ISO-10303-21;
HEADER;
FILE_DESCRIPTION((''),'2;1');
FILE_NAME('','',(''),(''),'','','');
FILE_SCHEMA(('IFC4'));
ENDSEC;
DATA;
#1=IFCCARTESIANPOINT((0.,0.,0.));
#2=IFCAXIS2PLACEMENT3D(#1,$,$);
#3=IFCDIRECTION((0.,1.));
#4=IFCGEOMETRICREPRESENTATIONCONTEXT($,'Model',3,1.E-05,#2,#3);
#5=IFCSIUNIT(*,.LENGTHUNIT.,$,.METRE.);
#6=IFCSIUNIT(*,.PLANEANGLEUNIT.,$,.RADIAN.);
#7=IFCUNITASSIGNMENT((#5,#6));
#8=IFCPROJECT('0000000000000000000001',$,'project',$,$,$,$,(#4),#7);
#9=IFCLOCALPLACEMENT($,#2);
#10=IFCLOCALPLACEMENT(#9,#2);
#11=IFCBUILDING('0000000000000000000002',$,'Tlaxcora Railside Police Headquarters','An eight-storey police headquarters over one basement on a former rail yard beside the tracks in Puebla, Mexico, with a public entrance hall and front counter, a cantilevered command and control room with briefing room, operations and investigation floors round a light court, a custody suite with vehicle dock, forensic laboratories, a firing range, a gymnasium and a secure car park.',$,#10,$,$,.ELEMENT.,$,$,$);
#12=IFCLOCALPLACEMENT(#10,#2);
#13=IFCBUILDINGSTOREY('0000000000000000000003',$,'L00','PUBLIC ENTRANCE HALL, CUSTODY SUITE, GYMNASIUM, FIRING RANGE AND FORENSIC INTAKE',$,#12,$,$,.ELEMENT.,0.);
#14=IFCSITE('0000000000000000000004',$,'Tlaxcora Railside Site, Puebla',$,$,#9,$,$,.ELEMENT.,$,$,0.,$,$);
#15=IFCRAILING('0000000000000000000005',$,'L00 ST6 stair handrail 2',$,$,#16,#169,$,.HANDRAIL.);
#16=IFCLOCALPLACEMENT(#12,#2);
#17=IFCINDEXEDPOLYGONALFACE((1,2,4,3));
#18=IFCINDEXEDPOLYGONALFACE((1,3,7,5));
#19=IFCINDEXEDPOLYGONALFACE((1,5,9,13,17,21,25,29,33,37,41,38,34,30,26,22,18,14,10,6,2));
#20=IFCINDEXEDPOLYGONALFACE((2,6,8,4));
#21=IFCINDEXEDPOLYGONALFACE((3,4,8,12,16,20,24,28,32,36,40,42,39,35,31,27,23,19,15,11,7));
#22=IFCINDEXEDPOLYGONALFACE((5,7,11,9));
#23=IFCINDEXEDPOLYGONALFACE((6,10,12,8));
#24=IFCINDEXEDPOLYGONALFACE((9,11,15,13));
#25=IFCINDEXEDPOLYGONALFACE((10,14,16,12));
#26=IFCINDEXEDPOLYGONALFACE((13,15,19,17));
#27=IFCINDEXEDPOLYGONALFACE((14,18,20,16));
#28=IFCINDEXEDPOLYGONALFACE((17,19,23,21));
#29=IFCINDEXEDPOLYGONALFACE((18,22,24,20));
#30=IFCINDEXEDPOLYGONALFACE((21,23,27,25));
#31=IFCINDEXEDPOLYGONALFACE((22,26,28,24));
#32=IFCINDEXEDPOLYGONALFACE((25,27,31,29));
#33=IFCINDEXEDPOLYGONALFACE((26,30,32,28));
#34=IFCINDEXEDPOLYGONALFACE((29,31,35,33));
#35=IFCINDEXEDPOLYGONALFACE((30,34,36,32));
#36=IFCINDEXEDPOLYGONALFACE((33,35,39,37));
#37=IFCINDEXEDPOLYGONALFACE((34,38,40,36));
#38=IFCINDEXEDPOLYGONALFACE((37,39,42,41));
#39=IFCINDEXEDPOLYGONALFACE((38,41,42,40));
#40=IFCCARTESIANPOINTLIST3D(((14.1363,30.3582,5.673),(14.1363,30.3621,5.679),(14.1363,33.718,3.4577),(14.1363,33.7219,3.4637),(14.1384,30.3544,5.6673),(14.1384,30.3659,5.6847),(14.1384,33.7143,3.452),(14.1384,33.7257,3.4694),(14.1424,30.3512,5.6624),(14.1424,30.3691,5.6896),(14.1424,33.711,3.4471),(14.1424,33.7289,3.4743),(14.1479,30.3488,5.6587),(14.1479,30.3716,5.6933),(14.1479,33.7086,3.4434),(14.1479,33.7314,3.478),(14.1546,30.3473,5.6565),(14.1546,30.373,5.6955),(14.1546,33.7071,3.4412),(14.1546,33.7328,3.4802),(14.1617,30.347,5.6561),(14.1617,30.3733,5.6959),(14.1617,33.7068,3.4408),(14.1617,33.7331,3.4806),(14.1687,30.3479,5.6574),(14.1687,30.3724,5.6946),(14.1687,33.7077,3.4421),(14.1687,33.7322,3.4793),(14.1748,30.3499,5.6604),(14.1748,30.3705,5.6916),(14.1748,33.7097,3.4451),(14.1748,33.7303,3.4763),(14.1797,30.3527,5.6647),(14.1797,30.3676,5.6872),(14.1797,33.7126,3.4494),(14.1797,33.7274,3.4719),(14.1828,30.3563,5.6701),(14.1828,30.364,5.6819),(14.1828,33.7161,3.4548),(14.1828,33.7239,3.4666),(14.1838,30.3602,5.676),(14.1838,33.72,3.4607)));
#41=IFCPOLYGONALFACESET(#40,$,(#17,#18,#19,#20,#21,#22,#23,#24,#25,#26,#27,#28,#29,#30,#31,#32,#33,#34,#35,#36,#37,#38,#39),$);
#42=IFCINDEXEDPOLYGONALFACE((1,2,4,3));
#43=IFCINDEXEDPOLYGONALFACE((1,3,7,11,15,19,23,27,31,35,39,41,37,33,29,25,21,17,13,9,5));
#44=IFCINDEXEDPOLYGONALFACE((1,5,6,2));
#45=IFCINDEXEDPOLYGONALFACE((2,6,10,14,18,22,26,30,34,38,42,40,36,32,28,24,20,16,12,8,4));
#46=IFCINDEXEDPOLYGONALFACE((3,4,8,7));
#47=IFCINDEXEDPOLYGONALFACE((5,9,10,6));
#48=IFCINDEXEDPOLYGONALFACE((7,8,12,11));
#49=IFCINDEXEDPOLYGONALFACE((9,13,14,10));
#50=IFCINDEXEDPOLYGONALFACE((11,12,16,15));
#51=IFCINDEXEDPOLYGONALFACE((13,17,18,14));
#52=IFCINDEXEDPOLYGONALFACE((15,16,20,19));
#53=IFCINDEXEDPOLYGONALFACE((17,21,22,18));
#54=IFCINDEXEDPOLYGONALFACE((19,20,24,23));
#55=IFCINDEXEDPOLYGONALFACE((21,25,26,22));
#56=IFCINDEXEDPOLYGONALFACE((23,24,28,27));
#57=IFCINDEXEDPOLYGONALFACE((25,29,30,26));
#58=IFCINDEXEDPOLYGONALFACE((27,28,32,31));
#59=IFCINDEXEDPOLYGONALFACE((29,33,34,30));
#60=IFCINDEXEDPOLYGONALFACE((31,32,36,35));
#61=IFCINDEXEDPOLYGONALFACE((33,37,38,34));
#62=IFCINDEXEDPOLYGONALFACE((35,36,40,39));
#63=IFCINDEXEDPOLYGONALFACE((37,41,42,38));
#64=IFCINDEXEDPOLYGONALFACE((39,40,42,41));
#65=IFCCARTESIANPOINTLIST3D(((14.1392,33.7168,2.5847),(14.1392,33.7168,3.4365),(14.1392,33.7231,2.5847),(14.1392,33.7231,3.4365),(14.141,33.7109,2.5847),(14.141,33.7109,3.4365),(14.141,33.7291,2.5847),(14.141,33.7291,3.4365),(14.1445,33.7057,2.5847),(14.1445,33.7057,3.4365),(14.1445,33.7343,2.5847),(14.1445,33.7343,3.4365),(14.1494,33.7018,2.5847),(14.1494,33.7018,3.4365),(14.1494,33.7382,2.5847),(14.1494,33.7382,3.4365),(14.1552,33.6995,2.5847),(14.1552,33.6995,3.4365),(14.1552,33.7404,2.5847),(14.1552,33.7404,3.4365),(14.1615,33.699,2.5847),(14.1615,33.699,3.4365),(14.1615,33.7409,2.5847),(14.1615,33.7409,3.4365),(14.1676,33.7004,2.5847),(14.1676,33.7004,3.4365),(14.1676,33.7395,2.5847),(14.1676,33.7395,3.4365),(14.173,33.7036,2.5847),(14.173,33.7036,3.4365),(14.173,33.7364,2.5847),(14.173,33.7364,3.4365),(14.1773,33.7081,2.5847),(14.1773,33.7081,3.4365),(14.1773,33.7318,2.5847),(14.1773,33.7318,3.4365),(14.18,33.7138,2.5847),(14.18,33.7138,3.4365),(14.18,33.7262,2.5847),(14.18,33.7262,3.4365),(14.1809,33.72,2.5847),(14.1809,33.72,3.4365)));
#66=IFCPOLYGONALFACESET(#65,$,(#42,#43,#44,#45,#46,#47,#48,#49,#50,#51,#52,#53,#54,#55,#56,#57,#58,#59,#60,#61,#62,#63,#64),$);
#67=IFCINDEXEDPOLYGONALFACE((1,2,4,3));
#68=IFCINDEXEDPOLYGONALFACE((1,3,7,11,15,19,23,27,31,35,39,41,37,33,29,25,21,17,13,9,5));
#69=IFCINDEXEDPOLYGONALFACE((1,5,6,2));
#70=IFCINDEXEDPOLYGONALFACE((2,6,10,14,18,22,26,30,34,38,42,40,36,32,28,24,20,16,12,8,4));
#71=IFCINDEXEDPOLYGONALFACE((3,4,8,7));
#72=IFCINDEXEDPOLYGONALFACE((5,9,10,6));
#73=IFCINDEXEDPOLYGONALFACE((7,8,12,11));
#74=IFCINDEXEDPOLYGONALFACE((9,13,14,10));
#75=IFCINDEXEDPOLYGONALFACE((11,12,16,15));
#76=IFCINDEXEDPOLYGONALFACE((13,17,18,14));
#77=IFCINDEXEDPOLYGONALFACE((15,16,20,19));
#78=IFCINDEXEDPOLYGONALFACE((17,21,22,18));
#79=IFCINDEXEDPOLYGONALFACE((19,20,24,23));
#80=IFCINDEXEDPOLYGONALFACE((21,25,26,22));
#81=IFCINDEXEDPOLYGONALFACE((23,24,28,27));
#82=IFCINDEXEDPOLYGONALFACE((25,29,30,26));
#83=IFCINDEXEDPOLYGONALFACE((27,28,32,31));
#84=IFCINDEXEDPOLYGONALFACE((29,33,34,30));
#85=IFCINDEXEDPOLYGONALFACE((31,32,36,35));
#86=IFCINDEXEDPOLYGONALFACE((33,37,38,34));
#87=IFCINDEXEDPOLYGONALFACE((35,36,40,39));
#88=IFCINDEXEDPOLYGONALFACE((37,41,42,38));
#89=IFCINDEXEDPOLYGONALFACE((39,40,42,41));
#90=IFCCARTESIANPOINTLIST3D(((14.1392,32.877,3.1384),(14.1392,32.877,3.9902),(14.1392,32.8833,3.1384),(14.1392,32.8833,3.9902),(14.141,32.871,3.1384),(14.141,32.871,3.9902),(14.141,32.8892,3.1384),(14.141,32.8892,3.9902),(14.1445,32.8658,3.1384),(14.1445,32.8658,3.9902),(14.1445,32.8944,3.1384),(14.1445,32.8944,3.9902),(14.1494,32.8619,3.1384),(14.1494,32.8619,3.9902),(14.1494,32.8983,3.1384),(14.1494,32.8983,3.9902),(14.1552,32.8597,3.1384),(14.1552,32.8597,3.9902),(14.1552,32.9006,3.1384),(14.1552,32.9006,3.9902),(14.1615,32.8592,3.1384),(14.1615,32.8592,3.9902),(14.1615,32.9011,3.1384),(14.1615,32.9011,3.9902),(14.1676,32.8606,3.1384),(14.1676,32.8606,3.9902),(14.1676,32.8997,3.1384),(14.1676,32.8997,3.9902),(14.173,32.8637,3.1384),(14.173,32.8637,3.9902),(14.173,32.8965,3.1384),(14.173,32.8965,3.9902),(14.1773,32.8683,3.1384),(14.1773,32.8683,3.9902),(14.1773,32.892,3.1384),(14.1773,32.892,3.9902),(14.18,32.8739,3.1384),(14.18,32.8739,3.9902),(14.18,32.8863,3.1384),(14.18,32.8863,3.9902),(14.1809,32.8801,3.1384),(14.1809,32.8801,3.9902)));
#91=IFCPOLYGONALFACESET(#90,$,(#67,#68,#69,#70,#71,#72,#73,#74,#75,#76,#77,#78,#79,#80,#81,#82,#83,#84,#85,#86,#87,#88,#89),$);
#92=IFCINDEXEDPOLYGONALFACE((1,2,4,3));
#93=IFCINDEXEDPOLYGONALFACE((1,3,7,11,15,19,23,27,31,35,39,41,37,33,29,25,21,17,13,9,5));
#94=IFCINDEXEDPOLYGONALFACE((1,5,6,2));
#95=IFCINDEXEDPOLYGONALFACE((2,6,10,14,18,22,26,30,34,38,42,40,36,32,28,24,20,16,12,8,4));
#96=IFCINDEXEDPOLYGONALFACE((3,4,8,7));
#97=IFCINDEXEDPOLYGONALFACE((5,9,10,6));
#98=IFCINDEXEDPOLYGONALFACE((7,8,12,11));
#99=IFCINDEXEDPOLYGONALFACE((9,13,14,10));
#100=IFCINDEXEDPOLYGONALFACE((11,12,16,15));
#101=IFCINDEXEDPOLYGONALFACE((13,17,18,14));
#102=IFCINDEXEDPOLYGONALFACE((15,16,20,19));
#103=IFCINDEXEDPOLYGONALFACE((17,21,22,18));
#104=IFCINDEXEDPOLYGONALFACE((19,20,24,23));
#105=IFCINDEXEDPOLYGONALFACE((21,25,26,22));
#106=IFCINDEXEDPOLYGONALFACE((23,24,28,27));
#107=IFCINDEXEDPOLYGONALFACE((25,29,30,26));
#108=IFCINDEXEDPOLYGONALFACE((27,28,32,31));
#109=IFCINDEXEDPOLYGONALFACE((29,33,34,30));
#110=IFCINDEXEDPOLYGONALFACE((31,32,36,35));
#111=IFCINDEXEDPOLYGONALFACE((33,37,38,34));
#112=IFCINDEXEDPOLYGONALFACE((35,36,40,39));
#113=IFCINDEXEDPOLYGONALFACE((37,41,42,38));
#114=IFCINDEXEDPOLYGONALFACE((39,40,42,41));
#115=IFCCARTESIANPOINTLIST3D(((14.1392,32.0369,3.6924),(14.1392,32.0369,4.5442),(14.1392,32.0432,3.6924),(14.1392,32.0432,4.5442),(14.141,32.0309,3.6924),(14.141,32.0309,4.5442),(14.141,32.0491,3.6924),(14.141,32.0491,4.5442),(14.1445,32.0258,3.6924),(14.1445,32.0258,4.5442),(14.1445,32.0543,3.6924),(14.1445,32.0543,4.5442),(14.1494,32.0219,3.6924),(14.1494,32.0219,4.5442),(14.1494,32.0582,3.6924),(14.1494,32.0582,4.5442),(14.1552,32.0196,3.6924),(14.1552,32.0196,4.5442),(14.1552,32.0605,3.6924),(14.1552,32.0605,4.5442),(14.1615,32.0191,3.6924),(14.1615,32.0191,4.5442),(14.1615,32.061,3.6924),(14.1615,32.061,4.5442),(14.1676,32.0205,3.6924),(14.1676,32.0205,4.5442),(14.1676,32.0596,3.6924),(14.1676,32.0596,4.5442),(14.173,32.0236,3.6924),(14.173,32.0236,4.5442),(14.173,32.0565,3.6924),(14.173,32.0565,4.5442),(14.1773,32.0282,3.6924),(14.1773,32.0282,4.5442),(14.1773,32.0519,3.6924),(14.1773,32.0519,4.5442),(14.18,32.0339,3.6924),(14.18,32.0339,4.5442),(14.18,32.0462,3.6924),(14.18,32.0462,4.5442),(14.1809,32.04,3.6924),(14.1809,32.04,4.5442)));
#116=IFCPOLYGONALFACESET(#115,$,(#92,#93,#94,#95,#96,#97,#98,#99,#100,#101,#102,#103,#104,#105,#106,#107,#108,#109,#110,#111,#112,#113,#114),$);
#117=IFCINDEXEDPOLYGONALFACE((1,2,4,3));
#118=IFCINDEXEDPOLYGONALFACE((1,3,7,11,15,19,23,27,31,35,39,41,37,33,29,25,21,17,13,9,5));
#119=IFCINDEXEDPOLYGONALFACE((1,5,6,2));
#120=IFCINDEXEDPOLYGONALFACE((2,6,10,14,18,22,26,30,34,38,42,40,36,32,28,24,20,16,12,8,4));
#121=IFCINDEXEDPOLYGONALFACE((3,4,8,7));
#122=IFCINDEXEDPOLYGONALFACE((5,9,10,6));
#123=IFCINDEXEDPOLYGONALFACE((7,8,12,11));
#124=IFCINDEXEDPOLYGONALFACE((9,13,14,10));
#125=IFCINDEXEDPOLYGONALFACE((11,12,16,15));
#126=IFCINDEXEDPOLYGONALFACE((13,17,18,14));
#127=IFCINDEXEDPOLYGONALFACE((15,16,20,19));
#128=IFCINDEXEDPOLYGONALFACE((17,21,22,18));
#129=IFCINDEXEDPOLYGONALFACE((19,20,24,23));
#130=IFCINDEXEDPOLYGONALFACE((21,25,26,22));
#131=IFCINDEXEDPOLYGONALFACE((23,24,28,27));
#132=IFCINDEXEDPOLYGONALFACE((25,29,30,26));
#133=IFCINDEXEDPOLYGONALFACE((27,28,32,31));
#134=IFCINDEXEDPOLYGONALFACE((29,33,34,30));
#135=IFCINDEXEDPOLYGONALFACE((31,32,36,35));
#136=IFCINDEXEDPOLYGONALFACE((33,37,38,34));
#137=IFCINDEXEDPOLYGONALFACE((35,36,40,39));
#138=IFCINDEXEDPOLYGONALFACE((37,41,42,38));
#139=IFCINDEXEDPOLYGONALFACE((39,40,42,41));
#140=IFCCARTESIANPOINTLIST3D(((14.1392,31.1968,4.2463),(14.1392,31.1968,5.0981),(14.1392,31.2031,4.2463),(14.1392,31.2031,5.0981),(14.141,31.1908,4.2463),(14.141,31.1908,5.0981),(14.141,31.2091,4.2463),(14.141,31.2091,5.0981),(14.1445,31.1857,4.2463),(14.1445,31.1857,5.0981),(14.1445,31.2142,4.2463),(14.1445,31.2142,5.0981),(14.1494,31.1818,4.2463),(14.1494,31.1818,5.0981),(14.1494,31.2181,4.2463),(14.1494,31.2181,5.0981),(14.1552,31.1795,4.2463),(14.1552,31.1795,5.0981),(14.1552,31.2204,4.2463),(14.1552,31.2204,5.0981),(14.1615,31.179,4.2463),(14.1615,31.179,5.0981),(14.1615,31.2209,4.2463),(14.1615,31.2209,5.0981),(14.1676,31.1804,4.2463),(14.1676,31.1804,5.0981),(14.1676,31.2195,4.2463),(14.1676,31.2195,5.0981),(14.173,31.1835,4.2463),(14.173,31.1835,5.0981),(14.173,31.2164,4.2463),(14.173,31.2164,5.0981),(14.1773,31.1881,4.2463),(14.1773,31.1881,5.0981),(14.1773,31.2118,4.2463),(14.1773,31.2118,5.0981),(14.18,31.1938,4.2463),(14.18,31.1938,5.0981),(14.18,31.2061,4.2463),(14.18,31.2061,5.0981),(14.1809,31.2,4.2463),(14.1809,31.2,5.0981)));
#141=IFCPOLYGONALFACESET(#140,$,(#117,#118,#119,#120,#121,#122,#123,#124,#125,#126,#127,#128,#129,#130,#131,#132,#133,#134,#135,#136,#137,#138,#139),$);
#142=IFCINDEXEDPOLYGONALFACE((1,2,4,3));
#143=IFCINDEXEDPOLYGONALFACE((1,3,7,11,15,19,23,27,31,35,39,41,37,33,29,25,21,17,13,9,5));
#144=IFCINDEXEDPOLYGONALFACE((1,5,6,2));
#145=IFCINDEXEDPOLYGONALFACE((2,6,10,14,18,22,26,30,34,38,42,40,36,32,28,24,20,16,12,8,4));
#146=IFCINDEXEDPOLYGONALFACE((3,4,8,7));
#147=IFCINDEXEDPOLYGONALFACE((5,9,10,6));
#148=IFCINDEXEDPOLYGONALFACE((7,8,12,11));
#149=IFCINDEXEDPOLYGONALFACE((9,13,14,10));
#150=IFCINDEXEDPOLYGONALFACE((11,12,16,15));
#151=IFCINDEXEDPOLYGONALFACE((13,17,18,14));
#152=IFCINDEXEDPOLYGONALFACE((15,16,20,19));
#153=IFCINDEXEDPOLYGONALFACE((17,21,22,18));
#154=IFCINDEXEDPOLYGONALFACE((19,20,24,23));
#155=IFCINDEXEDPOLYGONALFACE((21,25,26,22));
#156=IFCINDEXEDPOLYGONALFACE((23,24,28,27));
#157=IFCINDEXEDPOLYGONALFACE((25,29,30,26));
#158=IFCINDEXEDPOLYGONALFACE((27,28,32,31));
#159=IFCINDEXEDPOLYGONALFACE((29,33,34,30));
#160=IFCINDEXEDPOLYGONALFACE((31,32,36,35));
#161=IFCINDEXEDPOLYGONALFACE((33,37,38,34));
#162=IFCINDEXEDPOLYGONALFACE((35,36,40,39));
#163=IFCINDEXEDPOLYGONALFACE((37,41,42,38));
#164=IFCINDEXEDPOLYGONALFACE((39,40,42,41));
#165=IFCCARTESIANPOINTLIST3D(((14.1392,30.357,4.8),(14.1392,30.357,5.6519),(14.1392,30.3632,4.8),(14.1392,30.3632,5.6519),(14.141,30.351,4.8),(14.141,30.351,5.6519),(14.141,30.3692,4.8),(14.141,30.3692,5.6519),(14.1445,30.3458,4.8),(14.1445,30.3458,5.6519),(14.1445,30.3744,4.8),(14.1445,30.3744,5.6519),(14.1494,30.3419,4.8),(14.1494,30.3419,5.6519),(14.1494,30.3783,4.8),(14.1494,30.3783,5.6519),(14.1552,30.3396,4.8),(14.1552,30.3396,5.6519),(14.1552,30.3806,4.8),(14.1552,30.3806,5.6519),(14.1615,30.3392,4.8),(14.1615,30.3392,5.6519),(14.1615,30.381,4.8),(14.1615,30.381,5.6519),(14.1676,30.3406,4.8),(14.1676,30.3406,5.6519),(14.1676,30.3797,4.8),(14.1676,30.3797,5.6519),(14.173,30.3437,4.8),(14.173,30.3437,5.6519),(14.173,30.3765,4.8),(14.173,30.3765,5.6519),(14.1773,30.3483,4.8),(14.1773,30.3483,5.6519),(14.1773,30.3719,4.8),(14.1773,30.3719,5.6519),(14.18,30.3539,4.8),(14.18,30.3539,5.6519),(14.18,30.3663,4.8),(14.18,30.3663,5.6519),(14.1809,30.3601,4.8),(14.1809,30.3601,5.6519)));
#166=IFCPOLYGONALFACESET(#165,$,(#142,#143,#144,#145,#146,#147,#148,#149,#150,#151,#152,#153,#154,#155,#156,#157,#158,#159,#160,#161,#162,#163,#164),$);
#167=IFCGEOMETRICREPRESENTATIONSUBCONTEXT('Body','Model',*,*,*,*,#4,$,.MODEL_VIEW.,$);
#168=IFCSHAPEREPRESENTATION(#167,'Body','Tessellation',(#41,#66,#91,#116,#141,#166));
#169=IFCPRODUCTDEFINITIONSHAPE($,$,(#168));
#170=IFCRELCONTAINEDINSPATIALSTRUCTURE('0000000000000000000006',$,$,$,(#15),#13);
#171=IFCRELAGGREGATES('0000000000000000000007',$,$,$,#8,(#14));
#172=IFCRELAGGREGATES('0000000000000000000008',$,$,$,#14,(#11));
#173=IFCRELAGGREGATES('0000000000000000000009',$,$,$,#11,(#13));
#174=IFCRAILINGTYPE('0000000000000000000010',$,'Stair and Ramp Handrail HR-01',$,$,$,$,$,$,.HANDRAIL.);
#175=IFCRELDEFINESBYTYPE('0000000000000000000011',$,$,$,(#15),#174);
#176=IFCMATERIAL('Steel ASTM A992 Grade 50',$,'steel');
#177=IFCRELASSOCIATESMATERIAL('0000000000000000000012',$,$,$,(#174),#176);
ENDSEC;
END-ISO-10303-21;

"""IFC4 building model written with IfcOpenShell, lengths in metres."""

from ifc_helpers import new_model, si_unit, direction, frame, origin, origin_2d, place, context, subcontext, project, spatial, circle, extrude, material, type_object, element, save


model = new_model("IFC4")

# Units and contexts
model_context = context("Model", 3, precision=1e-05, world=origin(), true_north=direction((0.0, 1.0)))
body_context = subcontext(model_context, "Body", "Model", "MODEL_VIEW")
ifc_project = project(units=[si_unit("LENGTHUNIT", "METRE"), si_unit("PLANEANGLEUNIT", "RADIAN")], contexts=[model_context])

# Site, building, storey
site_placement = place(None, origin())
site = spatial("IfcSite", under=ifc_project, at=site_placement, Name="Tlaxcora Railside Site, Puebla", CompositionType="ELEMENT", RefElevation=0.0)
building_placement = place(site_placement, origin())
building = spatial("IfcBuilding", under=site, at=building_placement, Name="Tlaxcora Railside Police Headquarters", Description="An eight-storey police headquarters over one basement on a former rail yard beside the tracks in Puebla, Mexico, with a public entrance hall and front counter, a cantilevered command and control room with briefing room, operations and investigation floors round a light court, a custody suite with vehicle dock, forensic laboratories, a firing range, a gymnasium and a secure car park.", CompositionType="ELEMENT")
storey_placement = place(building_placement, origin())
storey = spatial("IfcBuildingStorey", under=building, at=storey_placement, Name="L00", Description="PUBLIC ENTRANCE HALL, CUSTODY SUITE, GYMNASIUM, FIRING RANGE AND FORENSIC INTAKE", CompositionType="ELEMENT", Elevation=0.0)

# Shared definitions
ifc_material_1 = material(Name="Steel ASTM A992 Grade 50", Category="steel")

# Railing
railing_type_1 = type_object("IfcRailingType", Name="Stair and Ramp Handrail HR-01", PredefinedType="HANDRAIL", material=ifc_material_1)
railing_1_placement = place(storey_placement, frame((14.1599, 33.72, 2.5847)))
element("IfcRailing", 1, at=railing_1_placement, inside=storey, type_object=railing_type_1, Name="L00 ST6 stair handrail 2", PredefinedType="HANDRAIL", context=body_context, shape_type="SweptSolid", body=[
    extrude(circle(Radius=0.0239, at=origin_2d()), frame((0.0, 0.0, 0.876), z_axis=(0.0, -0.834858, 0.550465), x_axis=(1.0, 0.0, 0.0)), (0.0, 0.0, 1.0), 4.0244),
    extrude(circle(Radius=0.021, at=origin_2d()), origin(), (0.0, 0.0, 1.0), 0.8518),
    extrude(circle(Radius=0.021, at=origin_2d()), frame((0.0, -0.8398, 0.5537)), (0.0, 0.0, 1.0), 0.8518),
    extrude(circle(Radius=0.021, at=origin_2d()), frame((0.0, -1.6799, 1.1077)), (0.0, 0.0, 1.0), 0.8518),
    extrude(circle(Radius=0.021, at=origin_2d()), frame((0.0, -2.52, 1.6616)), (0.0, 0.0, 1.0), 0.8518),
    extrude(circle(Radius=0.021, at=origin_2d()), frame((0.0, -3.3599, 2.2153)), (0.0, 0.0, 1.0), 0.8518),
])

save(model, "model.ifc")
